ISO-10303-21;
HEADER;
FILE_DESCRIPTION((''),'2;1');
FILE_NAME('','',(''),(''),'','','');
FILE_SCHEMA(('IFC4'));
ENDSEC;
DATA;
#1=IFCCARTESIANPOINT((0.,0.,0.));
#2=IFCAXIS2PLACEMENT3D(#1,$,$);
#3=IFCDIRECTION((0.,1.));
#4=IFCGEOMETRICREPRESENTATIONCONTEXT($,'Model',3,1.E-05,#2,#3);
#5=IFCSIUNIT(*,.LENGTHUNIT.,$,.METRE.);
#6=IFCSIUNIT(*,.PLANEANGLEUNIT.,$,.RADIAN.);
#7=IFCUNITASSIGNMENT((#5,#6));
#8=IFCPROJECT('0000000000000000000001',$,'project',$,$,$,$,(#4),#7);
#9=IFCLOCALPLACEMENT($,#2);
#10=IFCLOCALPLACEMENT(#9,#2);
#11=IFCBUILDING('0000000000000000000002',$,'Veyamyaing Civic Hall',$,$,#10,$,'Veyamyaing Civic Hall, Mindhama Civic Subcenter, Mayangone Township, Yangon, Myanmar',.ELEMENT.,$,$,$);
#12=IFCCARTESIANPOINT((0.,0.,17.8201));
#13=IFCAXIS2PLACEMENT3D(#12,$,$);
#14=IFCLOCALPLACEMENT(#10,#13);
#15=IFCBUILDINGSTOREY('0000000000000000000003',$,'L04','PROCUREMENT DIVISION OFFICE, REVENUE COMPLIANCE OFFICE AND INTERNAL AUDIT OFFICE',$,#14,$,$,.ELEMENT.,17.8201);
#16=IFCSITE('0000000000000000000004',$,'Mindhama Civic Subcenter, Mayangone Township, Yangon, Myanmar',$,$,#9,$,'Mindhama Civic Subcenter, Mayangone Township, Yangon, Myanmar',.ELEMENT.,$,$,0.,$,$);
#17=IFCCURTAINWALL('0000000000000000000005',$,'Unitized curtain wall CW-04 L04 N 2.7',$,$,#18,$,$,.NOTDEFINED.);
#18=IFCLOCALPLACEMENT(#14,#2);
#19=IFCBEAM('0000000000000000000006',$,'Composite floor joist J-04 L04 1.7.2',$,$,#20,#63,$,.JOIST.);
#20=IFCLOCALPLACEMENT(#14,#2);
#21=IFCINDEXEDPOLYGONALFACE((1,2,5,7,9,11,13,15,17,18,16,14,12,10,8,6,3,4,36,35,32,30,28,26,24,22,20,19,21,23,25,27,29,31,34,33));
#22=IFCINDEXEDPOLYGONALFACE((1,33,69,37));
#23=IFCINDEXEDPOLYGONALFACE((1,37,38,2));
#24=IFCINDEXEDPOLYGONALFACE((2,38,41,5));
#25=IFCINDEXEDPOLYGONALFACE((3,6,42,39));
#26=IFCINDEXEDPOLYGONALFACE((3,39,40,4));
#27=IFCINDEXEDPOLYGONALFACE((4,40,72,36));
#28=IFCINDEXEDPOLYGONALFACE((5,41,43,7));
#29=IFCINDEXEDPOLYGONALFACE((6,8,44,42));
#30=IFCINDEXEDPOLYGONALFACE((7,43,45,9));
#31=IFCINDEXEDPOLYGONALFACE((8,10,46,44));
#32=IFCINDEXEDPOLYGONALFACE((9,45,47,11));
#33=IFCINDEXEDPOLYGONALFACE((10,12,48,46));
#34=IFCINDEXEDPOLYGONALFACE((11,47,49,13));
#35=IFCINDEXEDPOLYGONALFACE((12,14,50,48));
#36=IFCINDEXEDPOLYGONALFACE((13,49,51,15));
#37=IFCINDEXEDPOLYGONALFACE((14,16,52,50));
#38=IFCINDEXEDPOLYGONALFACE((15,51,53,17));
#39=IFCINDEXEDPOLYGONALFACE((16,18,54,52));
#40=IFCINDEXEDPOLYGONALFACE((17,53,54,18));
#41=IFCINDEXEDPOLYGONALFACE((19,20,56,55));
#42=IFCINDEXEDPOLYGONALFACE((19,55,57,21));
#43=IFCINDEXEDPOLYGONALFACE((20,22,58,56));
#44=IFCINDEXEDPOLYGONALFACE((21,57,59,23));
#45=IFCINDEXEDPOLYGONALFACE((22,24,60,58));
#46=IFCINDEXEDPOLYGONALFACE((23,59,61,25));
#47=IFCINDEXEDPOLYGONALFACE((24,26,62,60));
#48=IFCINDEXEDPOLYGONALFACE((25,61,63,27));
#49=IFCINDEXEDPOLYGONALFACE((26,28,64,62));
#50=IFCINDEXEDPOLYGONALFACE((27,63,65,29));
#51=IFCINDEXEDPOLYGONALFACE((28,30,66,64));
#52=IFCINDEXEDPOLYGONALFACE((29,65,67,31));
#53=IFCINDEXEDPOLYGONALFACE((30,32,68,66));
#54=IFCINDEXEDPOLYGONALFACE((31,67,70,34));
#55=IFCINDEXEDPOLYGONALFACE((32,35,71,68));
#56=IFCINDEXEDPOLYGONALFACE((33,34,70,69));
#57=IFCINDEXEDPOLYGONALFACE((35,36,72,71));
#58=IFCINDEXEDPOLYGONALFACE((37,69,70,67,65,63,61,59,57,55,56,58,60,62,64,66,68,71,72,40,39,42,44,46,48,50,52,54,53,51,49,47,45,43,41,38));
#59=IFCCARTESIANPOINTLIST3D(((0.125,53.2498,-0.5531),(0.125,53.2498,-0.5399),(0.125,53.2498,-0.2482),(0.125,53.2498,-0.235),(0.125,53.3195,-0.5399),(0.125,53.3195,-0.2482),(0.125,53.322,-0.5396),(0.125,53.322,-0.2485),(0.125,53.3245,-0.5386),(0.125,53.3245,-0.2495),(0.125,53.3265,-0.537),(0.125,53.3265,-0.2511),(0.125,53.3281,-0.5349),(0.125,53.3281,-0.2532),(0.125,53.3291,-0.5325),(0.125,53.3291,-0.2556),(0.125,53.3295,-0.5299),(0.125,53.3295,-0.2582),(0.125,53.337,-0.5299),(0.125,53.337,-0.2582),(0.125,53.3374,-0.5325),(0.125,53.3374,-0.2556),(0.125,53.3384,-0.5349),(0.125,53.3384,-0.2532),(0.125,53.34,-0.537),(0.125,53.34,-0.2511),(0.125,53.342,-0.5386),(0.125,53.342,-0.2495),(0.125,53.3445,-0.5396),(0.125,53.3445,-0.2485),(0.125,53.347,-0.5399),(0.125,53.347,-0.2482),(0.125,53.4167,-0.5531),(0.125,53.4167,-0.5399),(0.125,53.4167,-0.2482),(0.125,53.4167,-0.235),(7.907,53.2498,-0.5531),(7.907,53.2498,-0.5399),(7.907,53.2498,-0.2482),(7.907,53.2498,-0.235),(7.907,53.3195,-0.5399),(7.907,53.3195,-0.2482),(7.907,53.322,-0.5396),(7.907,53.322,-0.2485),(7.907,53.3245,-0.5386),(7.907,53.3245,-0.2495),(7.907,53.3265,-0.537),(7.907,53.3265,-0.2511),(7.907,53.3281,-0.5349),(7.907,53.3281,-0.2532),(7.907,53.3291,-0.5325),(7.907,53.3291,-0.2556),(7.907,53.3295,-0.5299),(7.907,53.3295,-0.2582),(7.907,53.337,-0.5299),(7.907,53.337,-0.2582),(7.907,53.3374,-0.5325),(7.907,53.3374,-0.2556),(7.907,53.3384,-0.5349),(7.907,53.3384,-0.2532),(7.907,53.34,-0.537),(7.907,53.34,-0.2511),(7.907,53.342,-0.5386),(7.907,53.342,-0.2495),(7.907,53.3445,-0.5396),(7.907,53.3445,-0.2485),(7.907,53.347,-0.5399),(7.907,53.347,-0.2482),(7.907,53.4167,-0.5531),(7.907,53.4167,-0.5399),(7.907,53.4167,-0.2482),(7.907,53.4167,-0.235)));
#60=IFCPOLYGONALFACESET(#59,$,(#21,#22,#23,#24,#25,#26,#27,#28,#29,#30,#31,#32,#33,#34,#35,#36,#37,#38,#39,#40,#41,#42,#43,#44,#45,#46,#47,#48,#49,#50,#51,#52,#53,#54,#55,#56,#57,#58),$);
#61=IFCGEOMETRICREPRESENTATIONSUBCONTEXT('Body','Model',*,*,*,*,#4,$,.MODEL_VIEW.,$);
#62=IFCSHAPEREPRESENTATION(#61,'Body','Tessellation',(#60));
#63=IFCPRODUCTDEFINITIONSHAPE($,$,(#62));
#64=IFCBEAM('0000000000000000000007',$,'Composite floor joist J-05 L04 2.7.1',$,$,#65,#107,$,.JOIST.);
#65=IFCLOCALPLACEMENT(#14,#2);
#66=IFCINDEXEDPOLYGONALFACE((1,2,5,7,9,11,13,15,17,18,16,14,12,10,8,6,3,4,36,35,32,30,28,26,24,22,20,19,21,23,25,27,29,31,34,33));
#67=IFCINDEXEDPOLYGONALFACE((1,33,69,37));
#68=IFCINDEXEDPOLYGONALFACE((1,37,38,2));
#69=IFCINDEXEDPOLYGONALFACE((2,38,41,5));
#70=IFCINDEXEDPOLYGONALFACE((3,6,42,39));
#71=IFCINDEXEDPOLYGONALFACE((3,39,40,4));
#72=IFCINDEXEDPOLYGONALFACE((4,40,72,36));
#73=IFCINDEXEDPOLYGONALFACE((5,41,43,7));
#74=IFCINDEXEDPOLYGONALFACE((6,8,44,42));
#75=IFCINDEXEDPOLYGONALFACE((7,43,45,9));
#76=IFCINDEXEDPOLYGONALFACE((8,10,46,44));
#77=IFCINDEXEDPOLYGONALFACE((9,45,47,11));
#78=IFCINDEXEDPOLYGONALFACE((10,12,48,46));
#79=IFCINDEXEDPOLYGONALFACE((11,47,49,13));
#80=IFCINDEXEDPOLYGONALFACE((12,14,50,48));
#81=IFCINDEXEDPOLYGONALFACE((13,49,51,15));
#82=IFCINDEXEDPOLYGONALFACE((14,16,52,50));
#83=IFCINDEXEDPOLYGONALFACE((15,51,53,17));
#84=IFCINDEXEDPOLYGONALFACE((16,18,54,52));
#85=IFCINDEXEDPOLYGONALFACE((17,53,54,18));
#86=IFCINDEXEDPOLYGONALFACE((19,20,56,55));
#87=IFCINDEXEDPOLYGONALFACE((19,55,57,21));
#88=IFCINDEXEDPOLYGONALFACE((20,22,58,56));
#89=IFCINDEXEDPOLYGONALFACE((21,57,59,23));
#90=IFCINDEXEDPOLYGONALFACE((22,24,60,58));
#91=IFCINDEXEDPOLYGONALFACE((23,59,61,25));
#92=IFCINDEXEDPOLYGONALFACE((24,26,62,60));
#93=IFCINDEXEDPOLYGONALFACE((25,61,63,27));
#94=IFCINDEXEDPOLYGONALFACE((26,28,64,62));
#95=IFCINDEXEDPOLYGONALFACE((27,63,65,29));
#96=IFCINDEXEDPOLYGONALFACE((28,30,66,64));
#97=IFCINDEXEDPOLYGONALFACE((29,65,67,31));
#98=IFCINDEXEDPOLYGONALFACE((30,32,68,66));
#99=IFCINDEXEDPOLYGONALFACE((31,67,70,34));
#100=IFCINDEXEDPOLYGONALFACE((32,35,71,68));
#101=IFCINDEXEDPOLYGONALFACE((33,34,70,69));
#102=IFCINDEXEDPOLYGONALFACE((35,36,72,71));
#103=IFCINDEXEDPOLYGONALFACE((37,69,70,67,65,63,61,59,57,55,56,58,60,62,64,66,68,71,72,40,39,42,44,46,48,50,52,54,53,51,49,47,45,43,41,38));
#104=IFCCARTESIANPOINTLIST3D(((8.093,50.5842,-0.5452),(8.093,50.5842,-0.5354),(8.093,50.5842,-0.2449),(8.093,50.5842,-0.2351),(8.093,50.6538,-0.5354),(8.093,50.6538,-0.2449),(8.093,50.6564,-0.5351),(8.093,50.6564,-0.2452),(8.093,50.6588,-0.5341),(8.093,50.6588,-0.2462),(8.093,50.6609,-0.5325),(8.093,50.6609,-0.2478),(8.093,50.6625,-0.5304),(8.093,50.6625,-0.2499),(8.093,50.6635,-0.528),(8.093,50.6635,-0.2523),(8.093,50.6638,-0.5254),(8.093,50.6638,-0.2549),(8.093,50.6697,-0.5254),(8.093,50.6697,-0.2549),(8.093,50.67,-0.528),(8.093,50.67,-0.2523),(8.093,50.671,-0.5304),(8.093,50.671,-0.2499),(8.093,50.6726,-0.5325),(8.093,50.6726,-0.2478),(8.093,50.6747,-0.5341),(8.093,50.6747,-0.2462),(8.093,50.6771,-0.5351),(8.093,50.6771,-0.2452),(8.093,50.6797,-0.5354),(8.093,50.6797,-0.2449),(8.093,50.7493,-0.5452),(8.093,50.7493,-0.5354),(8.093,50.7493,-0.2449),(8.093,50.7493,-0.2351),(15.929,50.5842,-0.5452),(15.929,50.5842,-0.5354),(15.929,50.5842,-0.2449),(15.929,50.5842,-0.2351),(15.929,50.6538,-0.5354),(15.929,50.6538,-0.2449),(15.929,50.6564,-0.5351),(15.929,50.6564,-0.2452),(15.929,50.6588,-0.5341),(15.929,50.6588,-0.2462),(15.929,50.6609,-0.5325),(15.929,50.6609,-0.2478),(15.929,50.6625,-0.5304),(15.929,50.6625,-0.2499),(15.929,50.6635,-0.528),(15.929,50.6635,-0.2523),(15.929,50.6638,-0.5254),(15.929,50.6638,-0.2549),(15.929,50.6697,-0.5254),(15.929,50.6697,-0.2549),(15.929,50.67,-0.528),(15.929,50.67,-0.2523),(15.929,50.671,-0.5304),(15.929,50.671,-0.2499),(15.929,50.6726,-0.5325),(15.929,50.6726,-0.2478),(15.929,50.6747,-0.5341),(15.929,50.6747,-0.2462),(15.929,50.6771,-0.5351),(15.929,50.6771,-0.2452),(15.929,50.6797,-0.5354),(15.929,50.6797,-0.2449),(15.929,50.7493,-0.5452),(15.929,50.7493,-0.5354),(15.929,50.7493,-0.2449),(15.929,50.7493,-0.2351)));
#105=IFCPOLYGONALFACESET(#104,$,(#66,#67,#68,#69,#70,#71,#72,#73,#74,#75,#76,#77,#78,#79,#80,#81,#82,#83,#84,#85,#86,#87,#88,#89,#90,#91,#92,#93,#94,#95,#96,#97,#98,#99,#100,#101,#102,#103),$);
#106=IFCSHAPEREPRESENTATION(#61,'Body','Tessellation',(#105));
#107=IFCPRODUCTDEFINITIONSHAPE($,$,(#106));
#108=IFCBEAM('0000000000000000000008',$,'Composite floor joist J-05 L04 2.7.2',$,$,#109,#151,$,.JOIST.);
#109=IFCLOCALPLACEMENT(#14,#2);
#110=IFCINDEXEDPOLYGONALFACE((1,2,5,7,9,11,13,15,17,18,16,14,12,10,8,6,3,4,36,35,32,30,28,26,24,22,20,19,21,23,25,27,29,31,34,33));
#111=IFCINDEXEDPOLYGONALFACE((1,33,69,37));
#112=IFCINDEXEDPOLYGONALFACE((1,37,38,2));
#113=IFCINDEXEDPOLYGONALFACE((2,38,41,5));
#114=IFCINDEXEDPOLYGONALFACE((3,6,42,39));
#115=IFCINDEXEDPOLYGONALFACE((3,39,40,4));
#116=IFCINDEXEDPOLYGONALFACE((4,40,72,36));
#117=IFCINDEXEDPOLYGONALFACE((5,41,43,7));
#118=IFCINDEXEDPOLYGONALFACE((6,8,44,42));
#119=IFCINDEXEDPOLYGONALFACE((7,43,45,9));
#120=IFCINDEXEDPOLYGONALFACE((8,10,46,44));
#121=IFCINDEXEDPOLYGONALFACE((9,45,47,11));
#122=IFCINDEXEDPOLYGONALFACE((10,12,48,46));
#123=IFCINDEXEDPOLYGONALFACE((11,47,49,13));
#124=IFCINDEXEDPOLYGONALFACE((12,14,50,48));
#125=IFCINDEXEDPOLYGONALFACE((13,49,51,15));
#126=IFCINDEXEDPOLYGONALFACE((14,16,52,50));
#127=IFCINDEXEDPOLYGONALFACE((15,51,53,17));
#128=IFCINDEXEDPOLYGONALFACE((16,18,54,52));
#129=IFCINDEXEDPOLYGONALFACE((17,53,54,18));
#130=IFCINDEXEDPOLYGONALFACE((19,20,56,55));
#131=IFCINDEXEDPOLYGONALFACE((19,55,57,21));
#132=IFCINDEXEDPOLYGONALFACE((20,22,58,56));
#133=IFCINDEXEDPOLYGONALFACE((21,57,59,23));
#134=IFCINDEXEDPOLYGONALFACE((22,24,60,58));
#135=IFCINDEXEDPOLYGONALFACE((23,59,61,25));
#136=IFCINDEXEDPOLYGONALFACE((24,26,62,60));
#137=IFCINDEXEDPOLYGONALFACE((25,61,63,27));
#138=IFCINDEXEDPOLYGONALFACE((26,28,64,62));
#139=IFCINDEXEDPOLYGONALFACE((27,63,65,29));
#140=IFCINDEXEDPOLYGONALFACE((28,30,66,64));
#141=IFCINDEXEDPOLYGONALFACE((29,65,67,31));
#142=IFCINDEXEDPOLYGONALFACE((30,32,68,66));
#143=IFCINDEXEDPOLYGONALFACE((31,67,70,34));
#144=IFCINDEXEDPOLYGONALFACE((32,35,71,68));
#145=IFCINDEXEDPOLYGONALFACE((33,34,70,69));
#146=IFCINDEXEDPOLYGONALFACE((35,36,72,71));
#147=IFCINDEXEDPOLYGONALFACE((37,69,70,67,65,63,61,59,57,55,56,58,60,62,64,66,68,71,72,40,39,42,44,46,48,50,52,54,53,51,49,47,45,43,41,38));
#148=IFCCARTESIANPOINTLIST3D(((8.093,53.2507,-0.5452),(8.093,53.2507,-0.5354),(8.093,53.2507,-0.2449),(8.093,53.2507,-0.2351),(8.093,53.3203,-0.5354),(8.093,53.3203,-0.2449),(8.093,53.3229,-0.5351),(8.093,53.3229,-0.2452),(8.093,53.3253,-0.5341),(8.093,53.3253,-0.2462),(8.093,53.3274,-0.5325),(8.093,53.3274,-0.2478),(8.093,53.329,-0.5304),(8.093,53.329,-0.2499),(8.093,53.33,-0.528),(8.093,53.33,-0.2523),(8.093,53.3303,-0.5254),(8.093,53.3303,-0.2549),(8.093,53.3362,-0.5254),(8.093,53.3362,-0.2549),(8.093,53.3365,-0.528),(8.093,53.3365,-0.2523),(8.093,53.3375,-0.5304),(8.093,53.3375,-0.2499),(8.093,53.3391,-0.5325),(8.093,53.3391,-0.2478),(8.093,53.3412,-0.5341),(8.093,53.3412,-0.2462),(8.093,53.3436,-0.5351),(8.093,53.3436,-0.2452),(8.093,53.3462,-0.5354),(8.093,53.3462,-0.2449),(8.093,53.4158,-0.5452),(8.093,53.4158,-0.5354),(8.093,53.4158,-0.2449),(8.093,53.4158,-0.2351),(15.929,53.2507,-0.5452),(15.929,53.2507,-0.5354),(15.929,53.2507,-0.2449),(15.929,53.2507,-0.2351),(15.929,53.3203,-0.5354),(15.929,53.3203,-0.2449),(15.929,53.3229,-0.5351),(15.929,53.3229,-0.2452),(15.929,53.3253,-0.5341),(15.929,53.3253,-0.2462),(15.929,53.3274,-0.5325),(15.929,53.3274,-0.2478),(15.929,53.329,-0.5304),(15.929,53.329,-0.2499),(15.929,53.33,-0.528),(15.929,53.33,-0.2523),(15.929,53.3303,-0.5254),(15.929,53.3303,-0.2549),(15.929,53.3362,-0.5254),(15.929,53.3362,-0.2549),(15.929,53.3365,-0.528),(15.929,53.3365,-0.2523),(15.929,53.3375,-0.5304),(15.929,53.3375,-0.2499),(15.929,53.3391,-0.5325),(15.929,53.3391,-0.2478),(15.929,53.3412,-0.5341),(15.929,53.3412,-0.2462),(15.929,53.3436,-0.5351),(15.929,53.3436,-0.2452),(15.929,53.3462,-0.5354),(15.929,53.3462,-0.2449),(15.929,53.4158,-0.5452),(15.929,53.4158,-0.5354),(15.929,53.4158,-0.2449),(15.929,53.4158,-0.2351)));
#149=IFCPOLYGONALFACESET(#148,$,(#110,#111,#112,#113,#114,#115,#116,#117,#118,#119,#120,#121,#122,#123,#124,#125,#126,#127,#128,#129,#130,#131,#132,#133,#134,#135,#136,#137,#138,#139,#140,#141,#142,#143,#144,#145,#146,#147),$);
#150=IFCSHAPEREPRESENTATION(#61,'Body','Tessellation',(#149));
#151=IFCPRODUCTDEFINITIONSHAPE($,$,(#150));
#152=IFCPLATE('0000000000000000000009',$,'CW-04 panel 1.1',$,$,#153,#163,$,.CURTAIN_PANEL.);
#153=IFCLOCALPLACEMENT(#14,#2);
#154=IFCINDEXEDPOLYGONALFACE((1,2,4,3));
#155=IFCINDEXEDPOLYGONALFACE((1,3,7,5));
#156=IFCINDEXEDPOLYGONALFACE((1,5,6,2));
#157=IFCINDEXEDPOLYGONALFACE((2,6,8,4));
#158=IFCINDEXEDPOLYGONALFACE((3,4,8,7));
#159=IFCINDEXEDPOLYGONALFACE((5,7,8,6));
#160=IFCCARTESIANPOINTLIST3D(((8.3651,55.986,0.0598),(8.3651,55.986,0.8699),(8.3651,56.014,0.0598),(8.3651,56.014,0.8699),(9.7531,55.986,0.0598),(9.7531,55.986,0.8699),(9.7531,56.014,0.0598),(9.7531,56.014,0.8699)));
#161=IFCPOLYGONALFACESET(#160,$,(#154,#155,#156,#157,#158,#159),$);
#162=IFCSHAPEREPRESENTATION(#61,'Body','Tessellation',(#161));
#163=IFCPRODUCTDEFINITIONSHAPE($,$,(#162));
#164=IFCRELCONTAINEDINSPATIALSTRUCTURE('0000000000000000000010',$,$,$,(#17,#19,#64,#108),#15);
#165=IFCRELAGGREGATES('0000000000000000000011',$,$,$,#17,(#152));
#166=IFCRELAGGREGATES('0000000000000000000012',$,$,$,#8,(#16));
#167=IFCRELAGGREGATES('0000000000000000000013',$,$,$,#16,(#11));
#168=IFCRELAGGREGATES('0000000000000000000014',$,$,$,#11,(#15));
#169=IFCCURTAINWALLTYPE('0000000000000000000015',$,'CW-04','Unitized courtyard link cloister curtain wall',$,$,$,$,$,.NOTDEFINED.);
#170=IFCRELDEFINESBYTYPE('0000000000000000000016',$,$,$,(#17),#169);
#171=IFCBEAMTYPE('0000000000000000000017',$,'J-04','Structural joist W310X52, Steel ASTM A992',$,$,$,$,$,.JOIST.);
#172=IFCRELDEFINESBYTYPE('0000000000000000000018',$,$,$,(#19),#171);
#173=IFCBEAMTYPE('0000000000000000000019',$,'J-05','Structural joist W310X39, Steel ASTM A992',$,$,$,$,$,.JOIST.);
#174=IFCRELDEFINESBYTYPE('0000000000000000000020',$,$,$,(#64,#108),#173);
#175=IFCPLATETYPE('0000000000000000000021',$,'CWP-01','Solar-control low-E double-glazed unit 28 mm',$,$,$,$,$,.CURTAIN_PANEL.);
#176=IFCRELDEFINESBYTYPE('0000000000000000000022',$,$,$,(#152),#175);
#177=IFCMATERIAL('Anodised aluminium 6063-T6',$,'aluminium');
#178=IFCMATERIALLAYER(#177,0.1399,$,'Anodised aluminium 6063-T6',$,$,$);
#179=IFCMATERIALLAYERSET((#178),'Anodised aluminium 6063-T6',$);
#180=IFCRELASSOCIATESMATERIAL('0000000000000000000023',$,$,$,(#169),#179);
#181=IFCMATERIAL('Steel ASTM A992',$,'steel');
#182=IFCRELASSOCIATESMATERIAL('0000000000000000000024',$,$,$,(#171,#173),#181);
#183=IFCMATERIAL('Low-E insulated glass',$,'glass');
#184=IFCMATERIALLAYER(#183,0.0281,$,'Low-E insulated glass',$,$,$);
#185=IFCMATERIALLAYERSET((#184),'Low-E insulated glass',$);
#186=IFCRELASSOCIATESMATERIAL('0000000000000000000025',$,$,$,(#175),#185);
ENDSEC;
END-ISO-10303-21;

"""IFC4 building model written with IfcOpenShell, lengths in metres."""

from ifc_helpers import new_model, si_unit, direction, frame, origin, origin_2d, place, context, subcontext, project, spatial, rectangle, i_section, extrude, material, layer, layer_set, material_profile, profile_set, type_object, element, aggregate, save


model = new_model("IFC4")

# Units and contexts
model_context = context("Model", 3, precision=1e-05, world=origin(), true_north=direction((0.0, 1.0)))
body_context = subcontext(model_context, "Body", "Model", "MODEL_VIEW")
ifc_project = project(units=[si_unit("LENGTHUNIT", "METRE"), si_unit("PLANEANGLEUNIT", "RADIAN")], contexts=[model_context])

# Site, building, storey
site_placement = place(None, origin())
site = spatial("IfcSite", under=ifc_project, at=site_placement, Name="Mindhama Civic Subcenter, Mayangone Township, Yangon, Myanmar", LongName="Mindhama Civic Subcenter, Mayangone Township, Yangon, Myanmar", CompositionType="ELEMENT", RefElevation=0.0)
building_placement = place(site_placement, origin())
building = spatial("IfcBuilding", under=site, at=building_placement, Name="Veyamyaing Civic Hall", LongName="Veyamyaing Civic Hall, Mindhama Civic Subcenter, Mayangone Township, Yangon, Myanmar", CompositionType="ELEMENT")
storey_placement = place(building_placement, frame((0.0, 0.0, 17.8201)))
storey = spatial("IfcBuildingStorey", under=building, at=storey_placement, Name="L04", Description="PROCUREMENT DIVISION OFFICE, REVENUE COMPLIANCE OFFICE AND INTERNAL AUDIT OFFICE", CompositionType="ELEMENT", Elevation=17.8201)

# Shared definitions
ifc_material_1 = material(Name="Steel ASTM A992", Category="steel")

# Curtain wall
ifc_material_2 = material(Name="Anodised aluminium 6063-T6", Category="aluminium")
ifc_layer_1 = layer(ifc_material_2, 0.1399, Name="Anodised aluminium 6063-T6")
ifc_layer_set_1 = layer_set([ifc_layer_1], Name="Anodised aluminium 6063-T6")
curtain_wall_type = type_object("IfcCurtainWallType", Name="CW-04", Description="Unitized courtyard link cloister curtain wall", PredefinedType="NOTDEFINED", material=ifc_layer_set_1)
curtain_wall_placement = place(storey_placement, origin())
curtain_wall = element("IfcCurtainWall", 1, at=curtain_wall_placement, inside=storey, type_object=curtain_wall_type, Name="Unitized curtain wall CW-04 L04 N 2.7", PredefinedType="NOTDEFINED")

# Beams
ifc_material_profile_1 = material_profile(ifc_material_1, i_section(OverallWidth=0.167, OverallDepth=0.3181, WebThickness=0.0076, FlangeThickness=0.0132, FilletRadius=0.01, at=origin_2d()), Name="W310X52")
ifc_profile_set_1 = profile_set([ifc_material_profile_1], Name="Steel ASTM A992")
beam_type_1 = type_object("IfcBeamType", Name="J-04", Description="Structural joist W310X52, Steel ASTM A992", PredefinedType="JOIST", material=ifc_profile_set_1)
for number, where, z_axis, x_axis, name in (
    (2, (0.125, 53.3333, -0.394), (1.0, 0.0, 0.0), (0.0, 1.0, 0.0), "Composite floor joist J-04 L04 1.7.2"),
):
    element("IfcBeam", number, at=place(storey_placement, frame(where, z_axis=z_axis, x_axis=x_axis)), inside=storey, type_object=beam_type_1, Name=name, PredefinedType="JOIST", context=body_context, shape_type="SweptSolid", body=[
        extrude(i_section(OverallWidth=0.167, OverallDepth=0.3181, WebThickness=0.0076, FlangeThickness=0.0132, FilletRadius=0.01, at=origin_2d()), origin(), (0.0, 0.0, 1.0), 7.782),
    ])
ifc_material_profile_2 = material_profile(ifc_material_1, i_section(OverallWidth=0.165, OverallDepth=0.3101, WebThickness=0.0059, FlangeThickness=0.0098, FilletRadius=0.01, at=origin_2d()), Name="W310X39")
ifc_profile_set_2 = profile_set([ifc_material_profile_2], Name="Steel ASTM A992")
beam_type_2 = type_object("IfcBeamType", Name="J-05", Description="Structural joist W310X39, Steel ASTM A992", PredefinedType="JOIST", material=ifc_profile_set_2)
for number, where, z_axis, x_axis, name in (
    (3, (8.093, 50.6667, -0.3901), (1.0, 0.0, 0.0), (0.0, 1.0, 0.0), "Composite floor joist J-05 L04 2.7.1"),
    (4, (8.093, 53.3333, -0.3901), (1.0, 0.0, 0.0), (0.0, 1.0, 0.0), "Composite floor joist J-05 L04 2.7.2"),
):
    element("IfcBeam", number, at=place(storey_placement, frame(where, z_axis=z_axis, x_axis=x_axis)), inside=storey, type_object=beam_type_2, Name=name, PredefinedType="JOIST", context=body_context, shape_type="SweptSolid", body=[
        extrude(i_section(OverallWidth=0.165, OverallDepth=0.3101, WebThickness=0.0059, FlangeThickness=0.0098, FilletRadius=0.01, at=origin_2d()), origin(), (0.0, 0.0, 1.0), 7.8359),
    ])

# Plate
ifc_material_3 = material(Name="Low-E insulated glass", Category="glass")
ifc_layer_2 = layer(ifc_material_3, 0.0281, Name="Low-E insulated glass")
ifc_layer_set_2 = layer_set([ifc_layer_2], Name="Low-E insulated glass")
plate_type = type_object("IfcPlateType", Name="CWP-01", Description="Solar-control low-E double-glazed unit 28 mm", PredefinedType="CURTAIN_PANEL", material=ifc_layer_set_2)
plate_placement = place(storey_placement, frame((9.0591, 56.0, 0.0598), z_axis=(0.0, 0.0, 1.0), x_axis=(1.0, 0.0, 0.0)))
plate = element("IfcPlate", 5, at=plate_placement, type_object=plate_type, Name="CW-04 panel 1.1", PredefinedType="CURTAIN_PANEL", context=body_context, shape_type="SweptSolid", body=[
    extrude(rectangle(XDim=1.3879, YDim=0.0281, at=origin_2d()), origin(), (0.0, 0.0, 1.0), 0.8101),
])
aggregate(curtain_wall, [plate])

save(model, "model.ifc")
